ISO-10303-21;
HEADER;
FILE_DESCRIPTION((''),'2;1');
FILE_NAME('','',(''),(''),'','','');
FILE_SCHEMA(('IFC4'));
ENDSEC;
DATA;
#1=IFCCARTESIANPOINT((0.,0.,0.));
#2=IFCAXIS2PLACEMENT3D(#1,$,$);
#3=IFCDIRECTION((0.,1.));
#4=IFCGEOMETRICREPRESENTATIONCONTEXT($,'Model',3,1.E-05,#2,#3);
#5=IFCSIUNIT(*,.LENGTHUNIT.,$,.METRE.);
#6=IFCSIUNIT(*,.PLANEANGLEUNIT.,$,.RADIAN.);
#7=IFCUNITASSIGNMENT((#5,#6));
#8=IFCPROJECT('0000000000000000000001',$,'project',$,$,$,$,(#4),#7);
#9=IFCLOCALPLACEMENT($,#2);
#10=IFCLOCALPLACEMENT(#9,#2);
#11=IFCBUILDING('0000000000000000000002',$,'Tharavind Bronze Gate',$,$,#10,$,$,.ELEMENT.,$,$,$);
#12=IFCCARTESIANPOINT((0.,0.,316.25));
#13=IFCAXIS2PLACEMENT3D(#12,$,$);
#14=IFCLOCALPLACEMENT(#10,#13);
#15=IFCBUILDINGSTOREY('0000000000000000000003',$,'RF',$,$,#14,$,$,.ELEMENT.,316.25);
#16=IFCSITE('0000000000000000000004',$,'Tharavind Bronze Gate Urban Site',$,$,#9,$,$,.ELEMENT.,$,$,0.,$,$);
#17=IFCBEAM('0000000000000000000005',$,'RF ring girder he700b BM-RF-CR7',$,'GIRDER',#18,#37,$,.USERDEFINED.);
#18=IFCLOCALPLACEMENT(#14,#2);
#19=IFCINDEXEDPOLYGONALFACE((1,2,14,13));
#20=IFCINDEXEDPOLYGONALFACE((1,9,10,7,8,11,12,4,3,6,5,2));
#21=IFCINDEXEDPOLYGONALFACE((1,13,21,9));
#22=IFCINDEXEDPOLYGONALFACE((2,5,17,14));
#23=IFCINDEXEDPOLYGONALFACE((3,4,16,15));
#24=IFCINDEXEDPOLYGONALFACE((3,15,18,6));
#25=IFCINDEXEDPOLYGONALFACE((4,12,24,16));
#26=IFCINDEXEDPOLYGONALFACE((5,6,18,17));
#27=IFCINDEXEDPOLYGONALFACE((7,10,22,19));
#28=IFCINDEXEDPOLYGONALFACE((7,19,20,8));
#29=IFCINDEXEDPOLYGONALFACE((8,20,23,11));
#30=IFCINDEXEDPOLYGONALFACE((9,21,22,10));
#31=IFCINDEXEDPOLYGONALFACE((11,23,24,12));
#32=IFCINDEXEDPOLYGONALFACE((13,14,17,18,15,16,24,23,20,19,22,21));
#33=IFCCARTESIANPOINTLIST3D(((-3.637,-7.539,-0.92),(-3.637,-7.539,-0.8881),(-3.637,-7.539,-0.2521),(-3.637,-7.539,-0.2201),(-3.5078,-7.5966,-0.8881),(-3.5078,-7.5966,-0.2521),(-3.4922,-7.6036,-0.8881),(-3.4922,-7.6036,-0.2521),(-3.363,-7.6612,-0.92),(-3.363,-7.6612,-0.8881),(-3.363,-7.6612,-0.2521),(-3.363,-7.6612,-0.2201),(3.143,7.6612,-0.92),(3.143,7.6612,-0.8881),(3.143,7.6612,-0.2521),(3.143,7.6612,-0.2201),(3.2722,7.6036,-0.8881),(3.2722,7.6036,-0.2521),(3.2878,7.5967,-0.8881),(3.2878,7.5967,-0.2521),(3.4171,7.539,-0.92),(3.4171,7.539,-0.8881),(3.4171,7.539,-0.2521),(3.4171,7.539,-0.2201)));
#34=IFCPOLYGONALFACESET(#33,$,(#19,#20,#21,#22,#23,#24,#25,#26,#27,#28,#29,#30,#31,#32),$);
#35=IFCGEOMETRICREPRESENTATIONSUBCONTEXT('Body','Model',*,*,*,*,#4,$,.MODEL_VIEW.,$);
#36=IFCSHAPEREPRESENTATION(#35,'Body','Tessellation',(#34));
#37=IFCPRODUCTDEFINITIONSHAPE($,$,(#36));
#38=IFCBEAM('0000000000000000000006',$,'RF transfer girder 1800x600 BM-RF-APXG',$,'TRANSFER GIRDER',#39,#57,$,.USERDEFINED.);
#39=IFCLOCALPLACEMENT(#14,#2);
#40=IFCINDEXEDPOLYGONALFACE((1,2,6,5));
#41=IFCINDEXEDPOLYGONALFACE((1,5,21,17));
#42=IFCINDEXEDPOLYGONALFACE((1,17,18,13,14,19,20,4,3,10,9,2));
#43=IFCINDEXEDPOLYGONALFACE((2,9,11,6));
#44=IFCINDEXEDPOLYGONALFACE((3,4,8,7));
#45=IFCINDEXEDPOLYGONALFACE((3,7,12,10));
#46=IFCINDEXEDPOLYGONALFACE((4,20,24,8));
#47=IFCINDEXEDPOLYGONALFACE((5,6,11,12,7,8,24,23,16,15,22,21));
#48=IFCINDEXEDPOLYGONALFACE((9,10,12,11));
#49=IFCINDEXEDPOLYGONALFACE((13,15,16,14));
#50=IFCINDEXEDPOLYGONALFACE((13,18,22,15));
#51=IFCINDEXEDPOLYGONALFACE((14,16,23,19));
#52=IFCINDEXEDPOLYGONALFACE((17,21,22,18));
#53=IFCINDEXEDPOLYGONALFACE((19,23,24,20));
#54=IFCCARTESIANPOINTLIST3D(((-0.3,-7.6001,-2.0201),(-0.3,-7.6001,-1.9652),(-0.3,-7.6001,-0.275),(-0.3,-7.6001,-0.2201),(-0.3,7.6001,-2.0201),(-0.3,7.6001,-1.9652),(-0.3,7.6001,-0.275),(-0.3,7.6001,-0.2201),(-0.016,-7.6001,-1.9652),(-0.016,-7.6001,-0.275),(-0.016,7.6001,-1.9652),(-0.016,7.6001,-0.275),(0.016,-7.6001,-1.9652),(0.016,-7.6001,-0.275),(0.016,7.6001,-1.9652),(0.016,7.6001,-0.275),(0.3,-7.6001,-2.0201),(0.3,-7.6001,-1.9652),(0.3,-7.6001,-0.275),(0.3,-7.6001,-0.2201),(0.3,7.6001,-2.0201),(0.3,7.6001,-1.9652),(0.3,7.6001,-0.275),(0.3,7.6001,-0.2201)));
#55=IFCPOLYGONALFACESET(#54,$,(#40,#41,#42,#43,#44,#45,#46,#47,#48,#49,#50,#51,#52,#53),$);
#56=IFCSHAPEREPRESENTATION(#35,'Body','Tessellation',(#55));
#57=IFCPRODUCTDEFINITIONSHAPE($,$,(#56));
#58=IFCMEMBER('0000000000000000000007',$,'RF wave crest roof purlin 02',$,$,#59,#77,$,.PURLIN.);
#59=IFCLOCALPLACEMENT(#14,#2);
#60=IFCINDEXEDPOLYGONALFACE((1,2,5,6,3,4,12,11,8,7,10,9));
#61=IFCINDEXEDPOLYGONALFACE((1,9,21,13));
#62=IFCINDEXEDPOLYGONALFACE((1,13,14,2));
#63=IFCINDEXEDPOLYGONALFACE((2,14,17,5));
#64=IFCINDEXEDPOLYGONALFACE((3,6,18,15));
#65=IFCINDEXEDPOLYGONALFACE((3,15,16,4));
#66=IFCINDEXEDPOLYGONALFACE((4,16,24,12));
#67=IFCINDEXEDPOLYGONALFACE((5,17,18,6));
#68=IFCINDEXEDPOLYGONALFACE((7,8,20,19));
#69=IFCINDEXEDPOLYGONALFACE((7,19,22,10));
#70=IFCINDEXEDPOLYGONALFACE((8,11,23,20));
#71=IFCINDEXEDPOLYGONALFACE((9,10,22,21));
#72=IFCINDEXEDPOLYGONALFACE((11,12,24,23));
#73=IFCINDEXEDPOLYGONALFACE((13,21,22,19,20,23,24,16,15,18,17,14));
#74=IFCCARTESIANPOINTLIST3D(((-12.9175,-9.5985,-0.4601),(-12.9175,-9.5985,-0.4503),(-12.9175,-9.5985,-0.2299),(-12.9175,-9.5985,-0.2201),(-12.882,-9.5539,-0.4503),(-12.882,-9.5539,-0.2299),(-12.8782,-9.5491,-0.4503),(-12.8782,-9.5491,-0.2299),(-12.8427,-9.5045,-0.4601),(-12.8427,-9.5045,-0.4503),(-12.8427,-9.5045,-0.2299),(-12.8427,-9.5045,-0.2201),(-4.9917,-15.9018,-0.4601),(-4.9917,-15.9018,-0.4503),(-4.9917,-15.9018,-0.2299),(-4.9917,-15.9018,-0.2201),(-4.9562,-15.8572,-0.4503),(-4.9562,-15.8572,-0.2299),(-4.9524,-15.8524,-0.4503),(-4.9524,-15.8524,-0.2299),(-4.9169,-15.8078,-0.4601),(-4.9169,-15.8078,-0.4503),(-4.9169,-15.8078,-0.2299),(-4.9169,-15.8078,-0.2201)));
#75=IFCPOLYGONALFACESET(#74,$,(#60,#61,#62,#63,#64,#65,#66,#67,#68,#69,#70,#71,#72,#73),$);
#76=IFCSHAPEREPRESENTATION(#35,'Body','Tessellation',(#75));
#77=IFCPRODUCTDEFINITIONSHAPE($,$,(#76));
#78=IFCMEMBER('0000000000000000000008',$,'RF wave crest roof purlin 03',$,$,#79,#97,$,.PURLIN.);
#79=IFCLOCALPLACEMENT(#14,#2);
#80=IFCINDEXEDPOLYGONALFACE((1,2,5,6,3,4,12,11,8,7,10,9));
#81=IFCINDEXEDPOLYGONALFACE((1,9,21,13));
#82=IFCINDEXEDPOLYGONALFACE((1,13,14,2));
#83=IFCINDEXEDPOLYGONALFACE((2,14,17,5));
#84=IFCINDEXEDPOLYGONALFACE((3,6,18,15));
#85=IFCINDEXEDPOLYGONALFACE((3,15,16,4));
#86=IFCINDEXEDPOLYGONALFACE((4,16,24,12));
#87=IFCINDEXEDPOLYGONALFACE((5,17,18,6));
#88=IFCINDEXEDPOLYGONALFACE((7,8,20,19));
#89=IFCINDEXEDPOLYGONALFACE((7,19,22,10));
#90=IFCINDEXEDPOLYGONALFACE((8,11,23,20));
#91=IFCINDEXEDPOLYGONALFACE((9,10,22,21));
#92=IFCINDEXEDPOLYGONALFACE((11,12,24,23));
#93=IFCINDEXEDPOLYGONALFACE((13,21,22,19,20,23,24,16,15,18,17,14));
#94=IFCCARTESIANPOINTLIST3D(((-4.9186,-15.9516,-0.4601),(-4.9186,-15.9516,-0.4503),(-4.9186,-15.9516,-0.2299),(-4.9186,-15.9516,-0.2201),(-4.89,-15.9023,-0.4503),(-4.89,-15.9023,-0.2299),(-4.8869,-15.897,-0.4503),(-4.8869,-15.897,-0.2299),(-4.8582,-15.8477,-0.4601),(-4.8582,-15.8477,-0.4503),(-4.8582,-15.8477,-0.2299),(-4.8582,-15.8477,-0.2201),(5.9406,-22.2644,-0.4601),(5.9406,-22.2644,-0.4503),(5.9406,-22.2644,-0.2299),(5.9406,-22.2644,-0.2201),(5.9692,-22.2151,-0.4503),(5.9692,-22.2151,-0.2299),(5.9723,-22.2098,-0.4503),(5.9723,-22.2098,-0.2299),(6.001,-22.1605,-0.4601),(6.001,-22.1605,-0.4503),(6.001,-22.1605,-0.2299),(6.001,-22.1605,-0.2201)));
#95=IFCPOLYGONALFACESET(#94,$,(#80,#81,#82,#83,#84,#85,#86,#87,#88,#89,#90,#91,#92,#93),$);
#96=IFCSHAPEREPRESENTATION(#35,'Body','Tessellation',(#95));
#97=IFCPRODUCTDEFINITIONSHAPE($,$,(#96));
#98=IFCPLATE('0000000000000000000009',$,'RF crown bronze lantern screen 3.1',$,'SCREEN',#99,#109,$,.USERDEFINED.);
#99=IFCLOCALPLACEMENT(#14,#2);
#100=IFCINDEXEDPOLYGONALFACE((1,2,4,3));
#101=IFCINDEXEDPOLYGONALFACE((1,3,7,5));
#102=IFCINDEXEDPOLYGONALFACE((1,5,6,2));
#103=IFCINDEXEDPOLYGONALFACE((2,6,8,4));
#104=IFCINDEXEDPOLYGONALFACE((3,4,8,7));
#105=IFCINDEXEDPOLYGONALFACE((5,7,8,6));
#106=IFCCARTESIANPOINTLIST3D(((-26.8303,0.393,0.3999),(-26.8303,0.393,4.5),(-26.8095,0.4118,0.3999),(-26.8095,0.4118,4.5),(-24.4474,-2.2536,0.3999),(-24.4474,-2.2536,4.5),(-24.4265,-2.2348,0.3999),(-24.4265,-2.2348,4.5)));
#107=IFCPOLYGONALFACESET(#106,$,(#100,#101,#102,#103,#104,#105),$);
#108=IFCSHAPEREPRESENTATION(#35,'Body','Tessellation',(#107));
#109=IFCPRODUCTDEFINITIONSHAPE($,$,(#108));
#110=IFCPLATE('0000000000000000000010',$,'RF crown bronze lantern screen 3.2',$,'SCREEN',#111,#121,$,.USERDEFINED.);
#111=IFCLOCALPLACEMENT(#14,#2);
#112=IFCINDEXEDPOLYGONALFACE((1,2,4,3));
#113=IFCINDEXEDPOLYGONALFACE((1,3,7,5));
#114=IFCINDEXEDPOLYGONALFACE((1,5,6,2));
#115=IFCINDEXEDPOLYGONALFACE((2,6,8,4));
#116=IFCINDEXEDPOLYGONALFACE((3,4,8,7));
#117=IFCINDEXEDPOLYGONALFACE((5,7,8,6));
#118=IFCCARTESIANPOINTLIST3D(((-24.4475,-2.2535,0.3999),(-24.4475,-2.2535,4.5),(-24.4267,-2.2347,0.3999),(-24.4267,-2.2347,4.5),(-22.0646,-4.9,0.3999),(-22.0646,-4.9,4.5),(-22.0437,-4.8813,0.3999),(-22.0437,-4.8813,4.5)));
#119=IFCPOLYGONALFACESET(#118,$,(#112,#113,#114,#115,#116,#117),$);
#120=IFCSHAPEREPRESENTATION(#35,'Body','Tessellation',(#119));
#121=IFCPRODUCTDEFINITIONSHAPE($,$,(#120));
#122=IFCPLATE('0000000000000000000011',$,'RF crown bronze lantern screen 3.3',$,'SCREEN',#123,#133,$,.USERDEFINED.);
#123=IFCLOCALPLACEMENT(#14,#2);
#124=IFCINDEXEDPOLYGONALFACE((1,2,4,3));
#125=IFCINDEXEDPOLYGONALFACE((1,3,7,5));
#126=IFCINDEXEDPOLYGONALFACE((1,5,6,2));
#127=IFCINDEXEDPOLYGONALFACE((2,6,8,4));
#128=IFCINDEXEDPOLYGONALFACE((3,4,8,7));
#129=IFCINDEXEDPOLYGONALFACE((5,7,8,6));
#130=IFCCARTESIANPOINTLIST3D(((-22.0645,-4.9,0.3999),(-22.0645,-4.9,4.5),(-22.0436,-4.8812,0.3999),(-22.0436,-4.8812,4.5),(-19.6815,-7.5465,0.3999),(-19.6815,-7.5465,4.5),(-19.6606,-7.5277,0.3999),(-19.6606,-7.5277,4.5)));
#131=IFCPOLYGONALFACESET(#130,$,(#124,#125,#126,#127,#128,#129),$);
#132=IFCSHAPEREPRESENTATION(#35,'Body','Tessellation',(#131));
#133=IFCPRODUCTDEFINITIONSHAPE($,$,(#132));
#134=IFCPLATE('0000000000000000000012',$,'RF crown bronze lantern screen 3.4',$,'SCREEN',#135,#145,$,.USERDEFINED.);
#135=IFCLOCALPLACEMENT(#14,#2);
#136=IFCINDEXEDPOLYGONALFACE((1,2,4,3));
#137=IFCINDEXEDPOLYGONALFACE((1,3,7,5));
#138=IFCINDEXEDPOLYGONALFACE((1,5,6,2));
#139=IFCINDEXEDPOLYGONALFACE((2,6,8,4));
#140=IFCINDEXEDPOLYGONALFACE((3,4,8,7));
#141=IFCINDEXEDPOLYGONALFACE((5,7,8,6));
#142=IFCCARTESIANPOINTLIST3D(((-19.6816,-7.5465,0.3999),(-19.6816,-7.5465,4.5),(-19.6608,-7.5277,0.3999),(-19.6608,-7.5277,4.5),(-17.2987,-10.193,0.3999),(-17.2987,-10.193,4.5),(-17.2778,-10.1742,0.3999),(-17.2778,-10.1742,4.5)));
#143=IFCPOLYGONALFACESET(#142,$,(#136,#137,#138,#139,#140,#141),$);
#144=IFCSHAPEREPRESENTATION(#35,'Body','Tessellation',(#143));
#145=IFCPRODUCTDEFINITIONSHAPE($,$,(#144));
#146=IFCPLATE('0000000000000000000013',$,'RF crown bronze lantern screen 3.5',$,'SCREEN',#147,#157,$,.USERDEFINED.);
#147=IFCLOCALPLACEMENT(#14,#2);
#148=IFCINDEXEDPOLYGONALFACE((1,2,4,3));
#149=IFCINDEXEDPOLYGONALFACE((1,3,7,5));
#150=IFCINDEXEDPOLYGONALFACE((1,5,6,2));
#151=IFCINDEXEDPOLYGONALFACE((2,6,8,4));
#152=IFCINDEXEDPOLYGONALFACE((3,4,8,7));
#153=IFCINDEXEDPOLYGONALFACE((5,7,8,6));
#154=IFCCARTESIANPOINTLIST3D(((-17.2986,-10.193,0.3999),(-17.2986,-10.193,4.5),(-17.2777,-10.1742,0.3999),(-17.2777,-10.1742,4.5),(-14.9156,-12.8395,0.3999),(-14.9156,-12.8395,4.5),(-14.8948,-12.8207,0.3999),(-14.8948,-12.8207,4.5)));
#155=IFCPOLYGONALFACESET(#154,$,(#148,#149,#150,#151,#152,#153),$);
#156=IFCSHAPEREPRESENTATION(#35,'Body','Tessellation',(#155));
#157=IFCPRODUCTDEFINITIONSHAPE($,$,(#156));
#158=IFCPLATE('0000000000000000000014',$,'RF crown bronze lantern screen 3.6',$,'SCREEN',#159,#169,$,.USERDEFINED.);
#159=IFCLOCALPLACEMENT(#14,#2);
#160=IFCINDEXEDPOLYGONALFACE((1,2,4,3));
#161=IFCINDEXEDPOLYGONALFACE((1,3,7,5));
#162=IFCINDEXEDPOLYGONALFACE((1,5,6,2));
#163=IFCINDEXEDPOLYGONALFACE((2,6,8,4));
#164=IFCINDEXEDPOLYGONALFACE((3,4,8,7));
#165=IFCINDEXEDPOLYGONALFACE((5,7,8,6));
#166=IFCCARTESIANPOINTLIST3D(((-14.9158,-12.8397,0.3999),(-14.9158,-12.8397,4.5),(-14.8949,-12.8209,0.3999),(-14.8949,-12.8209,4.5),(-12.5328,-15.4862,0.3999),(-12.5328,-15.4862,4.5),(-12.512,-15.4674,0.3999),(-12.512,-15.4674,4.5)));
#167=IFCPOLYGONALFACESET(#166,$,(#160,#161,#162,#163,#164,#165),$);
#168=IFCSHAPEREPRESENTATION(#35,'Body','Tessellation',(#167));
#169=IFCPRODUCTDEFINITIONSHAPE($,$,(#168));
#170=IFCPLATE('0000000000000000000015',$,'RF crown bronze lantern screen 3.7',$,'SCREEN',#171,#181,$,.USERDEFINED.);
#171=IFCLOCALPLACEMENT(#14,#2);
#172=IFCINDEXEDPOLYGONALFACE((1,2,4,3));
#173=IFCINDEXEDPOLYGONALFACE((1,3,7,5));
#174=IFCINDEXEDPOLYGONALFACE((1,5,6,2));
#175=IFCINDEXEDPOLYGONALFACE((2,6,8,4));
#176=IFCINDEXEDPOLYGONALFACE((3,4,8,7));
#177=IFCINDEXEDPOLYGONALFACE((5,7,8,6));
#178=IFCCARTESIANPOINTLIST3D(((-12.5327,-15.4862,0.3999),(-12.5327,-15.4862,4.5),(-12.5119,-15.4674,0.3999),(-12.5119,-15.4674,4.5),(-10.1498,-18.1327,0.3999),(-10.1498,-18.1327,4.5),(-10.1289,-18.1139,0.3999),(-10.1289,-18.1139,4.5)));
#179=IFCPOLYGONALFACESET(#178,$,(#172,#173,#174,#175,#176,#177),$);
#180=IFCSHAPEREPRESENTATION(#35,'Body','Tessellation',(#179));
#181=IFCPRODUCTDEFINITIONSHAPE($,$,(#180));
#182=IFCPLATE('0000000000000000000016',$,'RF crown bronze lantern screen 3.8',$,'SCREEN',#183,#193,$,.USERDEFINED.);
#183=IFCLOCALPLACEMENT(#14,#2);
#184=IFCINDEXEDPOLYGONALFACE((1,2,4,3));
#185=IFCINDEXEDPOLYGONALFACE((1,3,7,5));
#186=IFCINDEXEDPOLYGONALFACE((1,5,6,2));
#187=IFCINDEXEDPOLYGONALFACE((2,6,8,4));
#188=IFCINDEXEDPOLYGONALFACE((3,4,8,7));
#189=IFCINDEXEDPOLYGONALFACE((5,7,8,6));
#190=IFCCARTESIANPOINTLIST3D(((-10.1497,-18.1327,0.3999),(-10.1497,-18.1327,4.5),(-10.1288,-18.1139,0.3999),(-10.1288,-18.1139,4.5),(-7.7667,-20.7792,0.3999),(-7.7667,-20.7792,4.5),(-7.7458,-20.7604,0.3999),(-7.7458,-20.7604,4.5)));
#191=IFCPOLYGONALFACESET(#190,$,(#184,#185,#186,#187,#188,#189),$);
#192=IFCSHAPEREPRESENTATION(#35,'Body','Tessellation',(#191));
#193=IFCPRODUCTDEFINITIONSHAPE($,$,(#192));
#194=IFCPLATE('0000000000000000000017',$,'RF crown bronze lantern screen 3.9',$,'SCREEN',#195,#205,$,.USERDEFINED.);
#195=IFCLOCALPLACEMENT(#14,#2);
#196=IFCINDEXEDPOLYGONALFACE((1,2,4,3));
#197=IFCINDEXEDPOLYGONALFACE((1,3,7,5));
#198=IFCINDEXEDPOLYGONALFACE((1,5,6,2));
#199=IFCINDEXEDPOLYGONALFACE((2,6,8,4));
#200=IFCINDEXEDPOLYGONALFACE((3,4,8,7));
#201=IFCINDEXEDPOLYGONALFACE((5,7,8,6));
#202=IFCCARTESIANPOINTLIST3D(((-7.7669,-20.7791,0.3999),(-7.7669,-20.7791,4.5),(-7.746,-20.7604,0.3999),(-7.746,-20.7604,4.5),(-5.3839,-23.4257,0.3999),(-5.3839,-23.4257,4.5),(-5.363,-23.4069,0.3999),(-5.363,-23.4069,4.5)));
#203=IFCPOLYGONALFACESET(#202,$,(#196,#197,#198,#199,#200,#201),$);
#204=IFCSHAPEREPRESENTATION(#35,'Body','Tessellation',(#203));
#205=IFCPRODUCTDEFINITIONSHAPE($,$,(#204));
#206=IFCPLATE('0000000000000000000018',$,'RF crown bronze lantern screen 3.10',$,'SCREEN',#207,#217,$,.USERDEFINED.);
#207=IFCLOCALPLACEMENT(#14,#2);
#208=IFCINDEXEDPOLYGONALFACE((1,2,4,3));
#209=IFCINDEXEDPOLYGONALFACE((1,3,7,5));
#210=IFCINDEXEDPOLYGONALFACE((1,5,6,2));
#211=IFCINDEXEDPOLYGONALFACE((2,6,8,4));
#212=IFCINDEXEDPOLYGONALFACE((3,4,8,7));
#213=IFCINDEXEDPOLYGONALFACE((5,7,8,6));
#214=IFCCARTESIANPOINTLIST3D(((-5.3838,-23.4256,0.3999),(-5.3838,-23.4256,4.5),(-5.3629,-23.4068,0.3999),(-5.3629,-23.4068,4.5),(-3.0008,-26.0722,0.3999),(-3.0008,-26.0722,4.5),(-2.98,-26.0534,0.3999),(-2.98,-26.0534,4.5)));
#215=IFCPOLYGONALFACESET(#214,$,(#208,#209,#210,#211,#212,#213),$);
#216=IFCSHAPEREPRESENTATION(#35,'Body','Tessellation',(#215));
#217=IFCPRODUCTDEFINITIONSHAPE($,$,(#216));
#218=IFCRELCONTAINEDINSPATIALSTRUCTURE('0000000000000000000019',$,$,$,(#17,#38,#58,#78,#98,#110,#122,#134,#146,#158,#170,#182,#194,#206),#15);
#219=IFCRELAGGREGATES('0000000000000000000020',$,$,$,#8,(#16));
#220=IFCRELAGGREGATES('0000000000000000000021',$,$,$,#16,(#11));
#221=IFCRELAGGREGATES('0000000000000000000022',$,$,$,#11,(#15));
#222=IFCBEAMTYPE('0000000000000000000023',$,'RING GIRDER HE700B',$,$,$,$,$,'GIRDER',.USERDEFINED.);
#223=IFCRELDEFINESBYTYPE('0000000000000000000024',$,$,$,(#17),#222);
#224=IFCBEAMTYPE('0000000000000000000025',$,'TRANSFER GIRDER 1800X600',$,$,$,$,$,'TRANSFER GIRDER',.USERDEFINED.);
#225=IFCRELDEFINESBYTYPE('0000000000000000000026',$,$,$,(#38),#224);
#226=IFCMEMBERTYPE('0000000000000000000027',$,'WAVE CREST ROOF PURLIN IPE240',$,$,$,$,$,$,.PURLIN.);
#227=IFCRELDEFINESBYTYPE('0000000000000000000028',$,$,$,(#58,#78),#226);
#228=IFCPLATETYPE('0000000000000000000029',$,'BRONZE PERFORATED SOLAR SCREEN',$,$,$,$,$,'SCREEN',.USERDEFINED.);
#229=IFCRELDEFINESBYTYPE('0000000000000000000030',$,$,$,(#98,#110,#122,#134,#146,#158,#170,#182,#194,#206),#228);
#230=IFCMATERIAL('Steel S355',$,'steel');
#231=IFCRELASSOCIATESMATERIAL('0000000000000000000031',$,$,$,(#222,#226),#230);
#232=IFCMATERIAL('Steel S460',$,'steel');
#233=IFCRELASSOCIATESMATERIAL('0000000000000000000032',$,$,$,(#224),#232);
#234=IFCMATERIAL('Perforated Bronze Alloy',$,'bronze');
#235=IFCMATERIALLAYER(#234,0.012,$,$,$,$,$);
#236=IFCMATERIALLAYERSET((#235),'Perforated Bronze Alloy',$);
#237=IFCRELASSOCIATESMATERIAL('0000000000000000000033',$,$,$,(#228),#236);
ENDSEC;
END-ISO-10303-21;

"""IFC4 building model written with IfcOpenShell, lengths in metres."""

from ifc_helpers import new_model, si_unit, direction, frame, origin, origin_2d, place, context, subcontext, project, spatial, rectangle, i_section, extrude, material, layer, layer_set, material_profile, profile_set, type_object, element, save


model = new_model("IFC4")

# Units and contexts
model_context = context("Model", 3, precision=1e-05, world=origin(), true_north=direction((0.0, 1.0)))
body_context = subcontext(model_context, "Body", "Model", "MODEL_VIEW")
ifc_project = project(units=[si_unit("LENGTHUNIT", "METRE"), si_unit("PLANEANGLEUNIT", "RADIAN")], contexts=[model_context])

# Site, building, storey
site_placement = place(None, origin())
site = spatial("IfcSite", under=ifc_project, at=site_placement, Name="Tharavind Bronze Gate Urban Site", CompositionType="ELEMENT", RefElevation=0.0)
building_placement = place(site_placement, origin())
building = spatial("IfcBuilding", under=site, at=building_placement, Name="Tharavind Bronze Gate", CompositionType="ELEMENT")
storey_placement = place(building_placement, frame((0.0, 0.0, 316.25)))
storey = spatial("IfcBuildingStorey", under=building, at=storey_placement, Name="RF", CompositionType="ELEMENT", Elevation=316.25)

# Shared definitions
ifc_material_1 = material(Name="Steel S460", Category="steel")

# Beams
ifc_material_2 = material(Name="Steel S355", Category="steel")
ifc_material_profile_1 = material_profile(ifc_material_2, i_section(OverallWidth=0.3, OverallDepth=0.7, WebThickness=0.0171, FlangeThickness=0.032, at=origin_2d()), Name="HE700B")
ifc_profile_set_1 = profile_set([ifc_material_profile_1], Name="Steel S355")
beam_type_1 = type_object("IfcBeamType", Name="RING GIRDER HE700B", ElementType="GIRDER", PredefinedType="USERDEFINED", material=ifc_profile_set_1)
beam_1_placement = place(storey_placement, frame((-3.5, -7.6001, -0.5701), z_axis=(0.407362, 0.913267, 0.0), x_axis=(-0.913267, 0.407362, 0.0)))
element("IfcBeam", 1, at=beam_1_placement, inside=storey, type_object=beam_type_1, Name="RF ring girder he700b BM-RF-CR7", ObjectType="GIRDER", PredefinedType="USERDEFINED", context=body_context, shape_type="SweptSolid", body=[
    extrude(i_section(OverallWidth=0.3, OverallDepth=0.7, WebThickness=0.0171, FlangeThickness=0.032, at=origin_2d()), origin(), (0.0, 0.0, 1.0), 16.6438),
])
ifc_material_profile_2 = material_profile(ifc_material_1, i_section(OverallWidth=0.6001, OverallDepth=1.8, WebThickness=0.032, FlangeThickness=0.0549, at=origin_2d()), Name="PG1800X600")
ifc_profile_set_2 = profile_set([ifc_material_profile_2], Name="Steel S460")
beam_type_2 = type_object("IfcBeamType", Name="TRANSFER GIRDER 1800X600", ElementType="TRANSFER GIRDER", PredefinedType="USERDEFINED", material=ifc_profile_set_2)
beam_2_placement = place(storey_placement, frame((0.0, -7.6001, -1.1201), z_axis=(0.0, 1.0, 0.0), x_axis=(-1.0, 0.0, 0.0)))
element("IfcBeam", 2, at=beam_2_placement, inside=storey, type_object=beam_type_2, Name="RF transfer girder 1800x600 BM-RF-APXG", ObjectType="TRANSFER GIRDER", PredefinedType="USERDEFINED", context=body_context, shape_type="SweptSolid", body=[
    extrude(i_section(OverallWidth=0.6001, OverallDepth=1.8, WebThickness=0.032, FlangeThickness=0.0549, at=origin_2d()), origin(), (0.0, 0.0, 1.0), 15.2002),
])

# Members
ifc_material_profile_3 = material_profile(ifc_material_2, i_section(OverallWidth=0.1201, OverallDepth=0.24, WebThickness=0.0061, FlangeThickness=0.0098, at=origin_2d()), Name="IPE240")
ifc_profile_set_3 = profile_set([ifc_material_profile_3], Name="Steel S355")
member_type = type_object("IfcMemberType", Name="WAVE CREST ROOF PURLIN IPE240", PredefinedType="PURLIN", material=ifc_profile_set_3)
member_1_placement = place(storey_placement, frame((-12.8801, -9.5515, -0.3401), z_axis=(0.782667, -0.62244, 0.0), x_axis=(0.62244, 0.782667, 0.0)))
element("IfcMember", 3, at=member_1_placement, inside=storey, type_object=member_type, Name="RF wave crest roof purlin 02", PredefinedType="PURLIN", context=body_context, shape_type="SweptSolid", body=[
    extrude(i_section(OverallWidth=0.1201, OverallDepth=0.24, WebThickness=0.0061, FlangeThickness=0.0098, at=origin_2d()), origin(), (0.0, 0.0, 1.0), 10.1267),
])
member_2_placement = place(storey_placement, frame((-4.8884, -15.8997, -0.3401), z_axis=(0.864532, -0.502579, 0.0), x_axis=(0.502579, 0.864532, 0.0)))
element("IfcMember", 4, at=member_2_placement, inside=storey, type_object=member_type, Name="RF wave crest roof purlin 03", PredefinedType="PURLIN", context=body_context, shape_type="SweptSolid", body=[
    extrude(i_section(OverallWidth=0.1201, OverallDepth=0.24, WebThickness=0.0061, FlangeThickness=0.0098, at=origin_2d()), origin(), (0.0, 0.0, 1.0), 12.5608),
])

# Plates
ifc_material_3 = material(Name="Perforated Bronze Alloy", Category="bronze")
ifc_layer_1 = layer(ifc_material_3, 0.012)
ifc_layer_set_1 = layer_set([ifc_layer_1], Name="Perforated Bronze Alloy")
plate_type = type_object("IfcPlateType", Name="BRONZE PERFORATED SOLAR SCREEN", ElementType="SCREEN", PredefinedType="USERDEFINED", material=ifc_layer_set_1)
for number, where, z_axis, x_axis, name in (
    (5, (-25.6284, -0.9209, 0.3999), (0.0, 0.0, 1.0), (0.669131, -0.743145, 0.0), "RF crown bronze lantern screen 3.1"),
    (6, (-23.2456, -3.5674, 0.3999), (0.0, 0.0, 1.0), (0.669131, -0.743145, 0.0), "RF crown bronze lantern screen 3.2"),
    (7, (-20.8625, -6.2139, 0.3999), (0.0, 0.0, 1.0), (0.669131, -0.743145, 0.0), "RF crown bronze lantern screen 3.3"),
    (8, (-18.4797, -8.8604, 0.3999), (0.0, 0.0, 1.0), (0.669131, -0.743145, 0.0), "RF crown bronze lantern screen 3.4"),
    (9, (-16.0967, -11.5068, 0.3999), (0.0, 0.0, 1.0), (0.669131, -0.743145, 0.0), "RF crown bronze lantern screen 3.5"),
    (10, (-13.7139, -14.1536, 0.3999), (0.0, 0.0, 1.0), (0.669131, -0.743145, 0.0), "RF crown bronze lantern screen 3.6"),
    (11, (-11.3308, -16.8, 0.3999), (0.0, 0.0, 1.0), (0.669131, -0.743145, 0.0), "RF crown bronze lantern screen 3.7"),
    (12, (-8.9478, -19.4465, 0.3999), (0.0, 0.0, 1.0), (0.669131, -0.743145, 0.0), "RF crown bronze lantern screen 3.8"),
    (13, (-6.5649, -22.093, 0.3999), (0.0, 0.0, 1.0), (0.669131, -0.743145, 0.0), "RF crown bronze lantern screen 3.9"),
    (14, (-4.1819, -24.7395, 0.3999), (0.0, 0.0, 1.0), (0.669131, -0.743145, 0.0), "RF crown bronze lantern screen 3.10"),
):
    element("IfcPlate", number, at=place(storey_placement, frame(where, z_axis=z_axis, x_axis=x_axis)), inside=storey, type_object=plate_type, Name=name, ObjectType="SCREEN", PredefinedType="USERDEFINED", context=body_context, shape_type="SweptSolid", body=[
        extrude(rectangle(XDim=3.5613, YDim=0.0281, at=origin_2d()), origin(), (0.0, 0.0, 1.0), 4.1001),
    ])

save(model, "model.ifc")
